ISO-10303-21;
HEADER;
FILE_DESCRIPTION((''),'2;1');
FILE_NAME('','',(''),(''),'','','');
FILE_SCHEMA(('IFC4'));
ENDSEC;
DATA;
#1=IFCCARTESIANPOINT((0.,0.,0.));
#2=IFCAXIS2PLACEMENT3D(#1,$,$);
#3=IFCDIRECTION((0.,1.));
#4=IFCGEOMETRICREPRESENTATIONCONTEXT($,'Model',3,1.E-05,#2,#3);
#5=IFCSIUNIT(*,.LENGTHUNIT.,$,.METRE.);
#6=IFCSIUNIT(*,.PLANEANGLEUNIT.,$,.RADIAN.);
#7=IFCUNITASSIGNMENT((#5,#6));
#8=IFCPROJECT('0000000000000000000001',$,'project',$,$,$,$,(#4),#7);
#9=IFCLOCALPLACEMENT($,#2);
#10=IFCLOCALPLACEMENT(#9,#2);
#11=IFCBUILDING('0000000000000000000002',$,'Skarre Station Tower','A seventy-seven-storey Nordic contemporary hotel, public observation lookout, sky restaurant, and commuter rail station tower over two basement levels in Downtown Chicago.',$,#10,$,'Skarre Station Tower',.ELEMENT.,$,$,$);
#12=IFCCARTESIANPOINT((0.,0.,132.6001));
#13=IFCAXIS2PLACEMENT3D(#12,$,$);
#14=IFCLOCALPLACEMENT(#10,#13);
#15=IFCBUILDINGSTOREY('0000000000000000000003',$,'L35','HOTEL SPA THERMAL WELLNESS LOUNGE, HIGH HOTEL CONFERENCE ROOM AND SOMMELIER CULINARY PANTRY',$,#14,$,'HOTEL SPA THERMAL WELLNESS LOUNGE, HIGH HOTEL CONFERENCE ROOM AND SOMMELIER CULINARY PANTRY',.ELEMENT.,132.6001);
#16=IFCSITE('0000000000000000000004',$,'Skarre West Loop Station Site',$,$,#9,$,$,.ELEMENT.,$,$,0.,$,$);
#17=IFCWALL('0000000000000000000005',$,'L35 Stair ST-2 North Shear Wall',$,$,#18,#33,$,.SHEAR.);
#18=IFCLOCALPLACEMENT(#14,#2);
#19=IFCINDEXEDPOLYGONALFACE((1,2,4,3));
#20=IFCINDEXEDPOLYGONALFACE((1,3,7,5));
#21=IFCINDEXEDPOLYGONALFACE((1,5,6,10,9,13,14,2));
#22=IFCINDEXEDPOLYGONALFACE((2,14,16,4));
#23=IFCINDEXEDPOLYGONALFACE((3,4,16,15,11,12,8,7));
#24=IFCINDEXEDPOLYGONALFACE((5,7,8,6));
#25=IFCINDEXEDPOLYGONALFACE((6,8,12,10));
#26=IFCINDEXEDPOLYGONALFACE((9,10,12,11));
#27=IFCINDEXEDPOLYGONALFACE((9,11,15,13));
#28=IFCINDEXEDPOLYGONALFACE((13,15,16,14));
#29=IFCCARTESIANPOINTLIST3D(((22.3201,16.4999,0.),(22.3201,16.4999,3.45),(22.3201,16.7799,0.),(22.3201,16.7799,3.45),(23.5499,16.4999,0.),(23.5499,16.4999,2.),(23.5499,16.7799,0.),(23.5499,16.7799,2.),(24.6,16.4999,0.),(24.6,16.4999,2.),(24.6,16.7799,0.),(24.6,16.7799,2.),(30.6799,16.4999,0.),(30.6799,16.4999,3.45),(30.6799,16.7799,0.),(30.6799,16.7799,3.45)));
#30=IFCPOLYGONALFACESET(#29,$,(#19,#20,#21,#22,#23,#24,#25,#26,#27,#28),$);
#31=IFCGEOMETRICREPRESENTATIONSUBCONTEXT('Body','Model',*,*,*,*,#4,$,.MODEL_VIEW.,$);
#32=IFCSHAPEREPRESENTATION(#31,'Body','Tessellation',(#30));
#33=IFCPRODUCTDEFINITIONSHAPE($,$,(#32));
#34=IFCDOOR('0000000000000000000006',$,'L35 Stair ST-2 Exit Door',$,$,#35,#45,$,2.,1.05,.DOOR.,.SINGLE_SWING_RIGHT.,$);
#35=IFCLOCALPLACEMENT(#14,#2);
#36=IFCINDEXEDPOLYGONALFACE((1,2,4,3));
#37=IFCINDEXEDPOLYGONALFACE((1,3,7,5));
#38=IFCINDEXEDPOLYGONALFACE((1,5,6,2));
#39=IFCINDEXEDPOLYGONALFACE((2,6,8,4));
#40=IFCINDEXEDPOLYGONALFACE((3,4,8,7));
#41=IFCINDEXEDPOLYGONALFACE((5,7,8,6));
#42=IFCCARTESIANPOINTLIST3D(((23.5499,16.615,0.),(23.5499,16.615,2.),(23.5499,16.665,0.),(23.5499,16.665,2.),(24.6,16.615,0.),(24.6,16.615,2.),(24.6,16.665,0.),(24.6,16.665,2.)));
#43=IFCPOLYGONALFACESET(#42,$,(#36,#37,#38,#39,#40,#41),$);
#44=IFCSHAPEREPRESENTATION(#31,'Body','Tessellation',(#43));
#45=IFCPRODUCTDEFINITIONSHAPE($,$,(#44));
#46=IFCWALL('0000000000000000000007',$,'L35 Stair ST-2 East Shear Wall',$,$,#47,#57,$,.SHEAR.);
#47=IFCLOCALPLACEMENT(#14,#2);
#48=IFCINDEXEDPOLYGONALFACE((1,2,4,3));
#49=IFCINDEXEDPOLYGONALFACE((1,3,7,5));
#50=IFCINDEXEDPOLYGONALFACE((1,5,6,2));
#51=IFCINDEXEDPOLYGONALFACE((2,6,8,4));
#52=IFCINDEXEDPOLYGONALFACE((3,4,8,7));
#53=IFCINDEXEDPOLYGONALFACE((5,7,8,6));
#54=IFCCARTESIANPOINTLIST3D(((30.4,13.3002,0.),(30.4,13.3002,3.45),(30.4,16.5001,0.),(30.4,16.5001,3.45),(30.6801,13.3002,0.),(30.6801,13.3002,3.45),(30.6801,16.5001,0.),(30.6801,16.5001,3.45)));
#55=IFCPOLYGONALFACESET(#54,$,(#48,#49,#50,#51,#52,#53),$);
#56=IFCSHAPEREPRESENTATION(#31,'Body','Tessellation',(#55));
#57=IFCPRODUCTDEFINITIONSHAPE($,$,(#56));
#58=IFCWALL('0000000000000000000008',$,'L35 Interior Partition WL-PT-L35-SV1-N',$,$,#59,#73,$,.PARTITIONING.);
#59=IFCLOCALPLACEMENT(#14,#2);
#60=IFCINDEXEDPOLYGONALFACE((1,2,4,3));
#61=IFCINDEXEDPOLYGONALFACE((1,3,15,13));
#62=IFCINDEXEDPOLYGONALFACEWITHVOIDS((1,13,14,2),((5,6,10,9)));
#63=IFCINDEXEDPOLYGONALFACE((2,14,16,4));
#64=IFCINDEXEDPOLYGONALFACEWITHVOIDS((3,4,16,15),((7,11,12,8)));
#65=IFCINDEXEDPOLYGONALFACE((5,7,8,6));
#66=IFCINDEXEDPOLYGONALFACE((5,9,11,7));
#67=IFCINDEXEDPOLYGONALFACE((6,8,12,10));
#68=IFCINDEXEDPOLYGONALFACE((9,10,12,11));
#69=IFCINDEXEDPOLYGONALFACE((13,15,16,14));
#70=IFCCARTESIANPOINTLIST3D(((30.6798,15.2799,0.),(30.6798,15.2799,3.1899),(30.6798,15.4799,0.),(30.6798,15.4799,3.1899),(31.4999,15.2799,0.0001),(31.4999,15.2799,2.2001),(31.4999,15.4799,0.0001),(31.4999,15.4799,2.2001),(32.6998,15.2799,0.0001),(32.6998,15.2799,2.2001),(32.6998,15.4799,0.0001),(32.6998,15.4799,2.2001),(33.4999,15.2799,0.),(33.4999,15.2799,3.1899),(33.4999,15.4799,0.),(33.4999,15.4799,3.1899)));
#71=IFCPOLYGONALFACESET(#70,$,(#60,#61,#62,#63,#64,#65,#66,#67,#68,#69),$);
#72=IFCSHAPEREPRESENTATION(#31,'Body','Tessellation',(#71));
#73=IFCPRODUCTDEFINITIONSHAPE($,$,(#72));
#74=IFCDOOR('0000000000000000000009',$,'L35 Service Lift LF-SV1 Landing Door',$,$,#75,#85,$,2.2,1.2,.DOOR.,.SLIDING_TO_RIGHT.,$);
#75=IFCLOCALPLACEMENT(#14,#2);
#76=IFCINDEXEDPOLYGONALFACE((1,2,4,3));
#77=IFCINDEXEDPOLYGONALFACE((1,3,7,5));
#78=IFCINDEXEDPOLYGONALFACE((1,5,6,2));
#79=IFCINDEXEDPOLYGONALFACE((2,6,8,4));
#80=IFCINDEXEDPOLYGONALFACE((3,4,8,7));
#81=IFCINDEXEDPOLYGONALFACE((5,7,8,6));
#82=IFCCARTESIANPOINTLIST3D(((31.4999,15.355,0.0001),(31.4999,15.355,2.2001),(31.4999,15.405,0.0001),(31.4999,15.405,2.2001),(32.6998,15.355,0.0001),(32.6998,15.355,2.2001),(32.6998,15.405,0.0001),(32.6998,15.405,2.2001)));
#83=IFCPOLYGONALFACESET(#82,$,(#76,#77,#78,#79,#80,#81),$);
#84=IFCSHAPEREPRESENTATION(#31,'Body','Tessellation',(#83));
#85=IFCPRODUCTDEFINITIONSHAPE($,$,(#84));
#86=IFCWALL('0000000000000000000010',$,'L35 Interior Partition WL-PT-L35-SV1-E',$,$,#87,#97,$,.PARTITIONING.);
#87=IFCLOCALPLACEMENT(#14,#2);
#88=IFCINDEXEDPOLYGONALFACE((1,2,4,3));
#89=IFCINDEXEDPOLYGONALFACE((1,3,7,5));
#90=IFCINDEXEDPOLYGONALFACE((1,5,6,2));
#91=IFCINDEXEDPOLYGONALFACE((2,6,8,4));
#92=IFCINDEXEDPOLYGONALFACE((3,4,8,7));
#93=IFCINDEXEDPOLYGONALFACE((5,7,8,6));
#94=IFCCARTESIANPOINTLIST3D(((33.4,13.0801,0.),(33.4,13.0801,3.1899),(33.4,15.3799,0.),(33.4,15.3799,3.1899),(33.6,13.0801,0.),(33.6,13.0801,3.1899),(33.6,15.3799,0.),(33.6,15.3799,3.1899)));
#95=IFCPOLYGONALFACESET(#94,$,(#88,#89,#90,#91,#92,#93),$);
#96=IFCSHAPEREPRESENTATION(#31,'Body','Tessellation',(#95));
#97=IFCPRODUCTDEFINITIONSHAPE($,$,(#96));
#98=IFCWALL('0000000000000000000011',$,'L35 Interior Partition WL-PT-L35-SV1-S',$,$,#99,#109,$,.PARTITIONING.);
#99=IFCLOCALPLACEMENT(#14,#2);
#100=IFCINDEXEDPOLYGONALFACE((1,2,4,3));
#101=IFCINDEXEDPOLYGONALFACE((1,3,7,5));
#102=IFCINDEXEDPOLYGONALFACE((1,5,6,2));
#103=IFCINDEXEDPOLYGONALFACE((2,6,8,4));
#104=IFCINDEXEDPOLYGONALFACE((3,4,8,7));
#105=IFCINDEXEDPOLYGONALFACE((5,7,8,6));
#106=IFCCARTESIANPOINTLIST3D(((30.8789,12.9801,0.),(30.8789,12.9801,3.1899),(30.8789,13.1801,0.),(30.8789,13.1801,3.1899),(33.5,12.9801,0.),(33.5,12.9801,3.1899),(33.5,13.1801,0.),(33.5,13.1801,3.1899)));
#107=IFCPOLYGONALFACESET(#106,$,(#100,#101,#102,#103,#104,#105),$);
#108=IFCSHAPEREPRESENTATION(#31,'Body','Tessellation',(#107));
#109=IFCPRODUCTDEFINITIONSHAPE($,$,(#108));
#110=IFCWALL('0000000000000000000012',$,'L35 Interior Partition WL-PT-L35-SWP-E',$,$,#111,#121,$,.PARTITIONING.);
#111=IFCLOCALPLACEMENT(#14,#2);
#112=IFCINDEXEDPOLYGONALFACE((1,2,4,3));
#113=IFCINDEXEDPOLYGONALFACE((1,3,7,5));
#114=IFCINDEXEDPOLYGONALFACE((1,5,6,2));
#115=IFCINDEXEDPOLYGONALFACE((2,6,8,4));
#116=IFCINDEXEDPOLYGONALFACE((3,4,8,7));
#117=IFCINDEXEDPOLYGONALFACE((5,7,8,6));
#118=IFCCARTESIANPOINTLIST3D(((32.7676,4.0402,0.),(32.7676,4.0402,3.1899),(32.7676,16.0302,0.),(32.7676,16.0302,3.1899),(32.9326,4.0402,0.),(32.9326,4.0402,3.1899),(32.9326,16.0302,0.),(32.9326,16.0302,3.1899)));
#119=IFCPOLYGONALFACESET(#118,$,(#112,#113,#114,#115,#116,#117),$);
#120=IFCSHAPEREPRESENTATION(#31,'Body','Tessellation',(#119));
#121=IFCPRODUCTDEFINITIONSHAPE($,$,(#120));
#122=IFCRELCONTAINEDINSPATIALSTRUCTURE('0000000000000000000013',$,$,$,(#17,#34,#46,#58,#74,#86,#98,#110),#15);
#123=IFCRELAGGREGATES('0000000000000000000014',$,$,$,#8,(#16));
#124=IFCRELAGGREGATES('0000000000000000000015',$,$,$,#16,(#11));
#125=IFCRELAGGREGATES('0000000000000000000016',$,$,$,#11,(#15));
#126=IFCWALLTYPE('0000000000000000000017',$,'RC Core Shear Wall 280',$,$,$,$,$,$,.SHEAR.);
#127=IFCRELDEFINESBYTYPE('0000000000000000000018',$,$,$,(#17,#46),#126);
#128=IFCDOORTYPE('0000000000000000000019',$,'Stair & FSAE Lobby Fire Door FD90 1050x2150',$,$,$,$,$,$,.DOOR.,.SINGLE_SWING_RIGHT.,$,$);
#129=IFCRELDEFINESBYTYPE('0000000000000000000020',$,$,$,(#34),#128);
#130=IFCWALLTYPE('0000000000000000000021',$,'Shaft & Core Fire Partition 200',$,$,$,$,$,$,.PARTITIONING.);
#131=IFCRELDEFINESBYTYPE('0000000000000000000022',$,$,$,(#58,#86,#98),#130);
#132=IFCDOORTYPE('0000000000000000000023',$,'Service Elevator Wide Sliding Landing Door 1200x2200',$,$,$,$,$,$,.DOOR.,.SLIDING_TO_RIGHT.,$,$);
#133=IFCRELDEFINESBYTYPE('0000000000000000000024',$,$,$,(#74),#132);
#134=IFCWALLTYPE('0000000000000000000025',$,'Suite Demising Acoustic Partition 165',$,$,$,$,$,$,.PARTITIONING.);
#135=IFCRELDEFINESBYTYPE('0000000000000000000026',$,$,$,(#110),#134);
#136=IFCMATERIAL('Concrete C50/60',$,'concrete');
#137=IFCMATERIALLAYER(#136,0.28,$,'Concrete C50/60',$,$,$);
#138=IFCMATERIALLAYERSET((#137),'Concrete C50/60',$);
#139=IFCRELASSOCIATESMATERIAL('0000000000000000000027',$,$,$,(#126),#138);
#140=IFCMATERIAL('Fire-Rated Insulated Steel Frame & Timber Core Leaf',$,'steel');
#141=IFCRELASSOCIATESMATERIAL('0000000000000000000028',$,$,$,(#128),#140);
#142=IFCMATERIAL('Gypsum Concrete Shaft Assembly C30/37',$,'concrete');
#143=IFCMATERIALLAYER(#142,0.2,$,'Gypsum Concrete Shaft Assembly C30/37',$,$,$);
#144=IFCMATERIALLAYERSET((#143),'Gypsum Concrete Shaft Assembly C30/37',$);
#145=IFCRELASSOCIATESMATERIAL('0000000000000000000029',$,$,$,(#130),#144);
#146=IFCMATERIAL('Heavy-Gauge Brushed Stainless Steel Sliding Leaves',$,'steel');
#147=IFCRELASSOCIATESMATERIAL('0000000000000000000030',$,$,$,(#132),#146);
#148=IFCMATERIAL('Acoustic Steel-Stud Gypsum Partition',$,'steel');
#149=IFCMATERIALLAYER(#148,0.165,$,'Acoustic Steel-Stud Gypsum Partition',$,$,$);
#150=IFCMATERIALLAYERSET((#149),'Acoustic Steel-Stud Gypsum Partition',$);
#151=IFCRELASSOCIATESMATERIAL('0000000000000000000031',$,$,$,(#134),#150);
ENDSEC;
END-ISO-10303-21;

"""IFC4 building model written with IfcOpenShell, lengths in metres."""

from ifc_helpers import new_model, si_unit, direction, frame, frame_2d, origin, place, context, subcontext, project, spatial, rectangle, extrude, material, layer, layer_set, type_object, element, fill, save


model = new_model("IFC4")

# Units and contexts
model_context = context("Model", 3, precision=1e-05, world=origin(), true_north=direction((0.0, 1.0)))
body_context = subcontext(model_context, "Body", "Model", "MODEL_VIEW")
ifc_project = project(units=[si_unit("LENGTHUNIT", "METRE"), si_unit("PLANEANGLEUNIT", "RADIAN")], contexts=[model_context])

# Site, building, storey
site_placement = place(None, origin())
site = spatial("IfcSite", under=ifc_project, at=site_placement, Name="Skarre West Loop Station Site", CompositionType="ELEMENT", RefElevation=0.0)
building_placement = place(site_placement, origin())
building = spatial("IfcBuilding", under=site, at=building_placement, Name="Skarre Station Tower", Description="A seventy-seven-storey Nordic contemporary hotel, public observation lookout, sky restaurant, and commuter rail station tower over two basement levels in Downtown Chicago.", LongName="Skarre Station Tower", CompositionType="ELEMENT")
storey_placement = place(building_placement, frame((0.0, 0.0, 132.6001)))
storey = spatial("IfcBuildingStorey", under=building, at=storey_placement, Name="L35", Description="HOTEL SPA THERMAL WELLNESS LOUNGE, HIGH HOTEL CONFERENCE ROOM AND SOMMELIER CULINARY PANTRY", LongName="HOTEL SPA THERMAL WELLNESS LOUNGE, HIGH HOTEL CONFERENCE ROOM AND SOMMELIER CULINARY PANTRY", CompositionType="ELEMENT", Elevation=132.6001)

# Shared definitions
ifc_material_1 = material(Name="Acoustic Steel-Stud Gypsum Partition", Category="steel")

# Wall, opening, door
ifc_material_2 = material(Name="Concrete C50/60", Category="concrete")
ifc_layer_1 = layer(ifc_material_2, 0.28, Name="Concrete C50/60")
ifc_layer_set_1 = layer_set([ifc_layer_1], Name="Concrete C50/60")
wall_type_1 = type_object("IfcWallType", Name="RC Core Shear Wall 280", PredefinedType="SHEAR", material=ifc_layer_set_1)
wall_1_placement = place(storey_placement, frame((30.6799, 16.6399, 0.0), z_axis=(0.0, 0.0, 1.0), x_axis=(-1.0, 0.0, 0.0)))
wall_1 = element("IfcWall", 1, at=wall_1_placement, inside=storey, type_object=wall_type_1, Name="L35 Stair ST-2 North Shear Wall", PredefinedType="SHEAR", context=body_context, shape_type="SweptSolid", body=[
    extrude(rectangle(XDim=8.3599, YDim=0.28, at=frame_2d((4.1799, 0.0))), origin(), (0.0, 0.0, 1.0), 3.45),
])
opening_1_placement = place(wall_1_placement, frame((6.0801, 0.0, 0.0)))
opening_1 = element("IfcOpeningElement", 2, at=opening_1_placement, cuts=wall_1, PredefinedType="OPENING", context=body_context, shape_type="SweptSolid", body=[
    extrude(rectangle(XDim=1.05, YDim=2.0, at=frame_2d((0.5249, 1.0))), frame((0.0, 0.1499, 0.0), z_axis=(0.0, -1.0, 0.0), x_axis=(1.0, 0.0, 0.0)), (0.0, 0.0, 1.0), 0.3),
])
ifc_material_3 = material(Name="Fire-Rated Insulated Steel Frame & Timber Core Leaf", Category="steel")
door_type_1 = type_object("IfcDoorType", Name="Stair & FSAE Lobby Fire Door FD90 1050x2150", OperationType="SINGLE_SWING_RIGHT", PredefinedType="DOOR", material=ifc_material_3)
door_1_placement = place(opening_1_placement, origin())
door_1 = element("IfcDoor", 3, at=door_1_placement, inside=storey, type_object=door_type_1, Name="L35 Stair ST-2 Exit Door", OperationType="SINGLE_SWING_RIGHT", OverallHeight=2.0, OverallWidth=1.05, PredefinedType="DOOR", context=body_context, shape_type="SweptSolid", body=[
    extrude(rectangle(XDim=1.05, YDim=2.0, at=frame_2d((0.5249, 1.0))), frame((0.0, 0.0249, 0.0), z_axis=(0.0, -1.0, 0.0), x_axis=(1.0, 0.0, 0.0)), (0.0, 0.0, 1.0), 0.05),
])
fill(opening_1, door_1)

# Wall
wall_2_placement = place(storey_placement, frame((30.54, 13.3, 0.0), z_axis=(0.0, 0.0, 1.0), x_axis=(0.0, 1.0, 0.0)))
element("IfcWall", 4, at=wall_2_placement, inside=storey, type_object=wall_type_1, Name="L35 Stair ST-2 East Shear Wall", PredefinedType="SHEAR", context=body_context, shape_type="SweptSolid", body=[
    extrude(rectangle(XDim=3.2, YDim=0.28, at=frame_2d((1.6001, 0.0))), origin(), (0.0, 0.0, 1.0), 3.45),
])

# Wall, opening, door
ifc_material_4 = material(Name="Gypsum Concrete Shaft Assembly C30/37", Category="concrete")
ifc_layer_2 = layer(ifc_material_4, 0.2, Name="Gypsum Concrete Shaft Assembly C30/37")
ifc_layer_set_2 = layer_set([ifc_layer_2], Name="Gypsum Concrete Shaft Assembly C30/37")
wall_type_2 = type_object("IfcWallType", Name="Shaft & Core Fire Partition 200", PredefinedType="PARTITIONING", material=ifc_layer_set_2)
wall_3_placement = place(storey_placement, frame((33.5, 15.3799, 0.0), z_axis=(0.0, 0.0, 1.0), x_axis=(-1.0, 0.0, 0.0)))
wall_3 = element("IfcWall", 5, at=wall_3_placement, inside=storey, type_object=wall_type_2, Name="L35 Interior Partition WL-PT-L35-SV1-N", PredefinedType="PARTITIONING", context=body_context, shape_type="SweptSolid", body=[
    extrude(rectangle(XDim=2.8201, YDim=0.2, at=frame_2d((1.4102, 0.0))), origin(), (0.0, 0.0, 1.0), 3.1899),
])
opening_2_placement = place(wall_3_placement, frame((0.8, 0.0, 0.0)))
opening_2 = element("IfcOpeningElement", 6, at=opening_2_placement, cuts=wall_3, PredefinedType="OPENING", context=body_context, shape_type="SweptSolid", body=[
    extrude(rectangle(XDim=1.2, YDim=2.2, at=frame_2d((0.6001, 1.1001))), frame((0.0, 0.1099, 0.0), z_axis=(0.0, -1.0, 0.0), x_axis=(1.0, 0.0, 0.0)), (0.0, 0.0, 1.0), 0.22),
])
ifc_material_5 = material(Name="Heavy-Gauge Brushed Stainless Steel Sliding Leaves", Category="steel")
door_type_2 = type_object("IfcDoorType", Name="Service Elevator Wide Sliding Landing Door 1200x2200", OperationType="SLIDING_TO_RIGHT", PredefinedType="DOOR", material=ifc_material_5)
door_2_placement = place(opening_2_placement, origin())
door_2 = element("IfcDoor", 7, at=door_2_placement, inside=storey, type_object=door_type_2, Name="L35 Service Lift LF-SV1 Landing Door", OperationType="SLIDING_TO_RIGHT", OverallHeight=2.2, OverallWidth=1.2, PredefinedType="DOOR", context=body_context, shape_type="SweptSolid", body=[
    extrude(rectangle(XDim=1.2, YDim=2.2, at=frame_2d((0.6001, 1.1001))), frame((0.0, 0.0249, 0.0), z_axis=(0.0, -1.0, 0.0), x_axis=(1.0, 0.0, 0.0)), (0.0, 0.0, 1.0), 0.05),
])
fill(opening_2, door_2)

# Walls
wall_4_placement = place(storey_placement, frame((33.5, 13.0801, 0.0), z_axis=(0.0, 0.0, 1.0), x_axis=(0.0, 1.0, 0.0)))
element("IfcWall", 8, at=wall_4_placement, inside=storey, type_object=wall_type_2, Name="L35 Interior Partition WL-PT-L35-SV1-E", PredefinedType="PARTITIONING", context=body_context, shape_type="SweptSolid", body=[
    extrude(rectangle(XDim=2.2998, YDim=0.2, at=frame_2d((1.1499, 0.0))), origin(), (0.0, 0.0, 1.0), 3.1899),
])
wall_5_placement = place(storey_placement, frame((30.8789, 13.0801, 0.0), z_axis=(0.0, 0.0, 1.0), x_axis=(1.0, 0.0, 0.0)))
element("IfcWall", 9, at=wall_5_placement, inside=storey, type_object=wall_type_2, Name="L35 Interior Partition WL-PT-L35-SV1-S", PredefinedType="PARTITIONING", context=body_context, shape_type="SweptSolid", body=[
    extrude(rectangle(XDim=2.6211, YDim=0.2, at=frame_2d((1.3105, 0.0))), origin(), (0.0, 0.0, 1.0), 3.1899),
])
ifc_layer_3 = layer(ifc_material_1, 0.165, Name="Acoustic Steel-Stud Gypsum Partition")
ifc_layer_set_3 = layer_set([ifc_layer_3], Name="Acoustic Steel-Stud Gypsum Partition")
wall_type_3 = type_object("IfcWallType", Name="Suite Demising Acoustic Partition 165", PredefinedType="PARTITIONING", material=ifc_layer_set_3)
wall_6_placement = place(storey_placement, frame((32.8501, 4.04, 0.0), z_axis=(0.0, 0.0, 1.0), x_axis=(0.0, 1.0, 0.0)))
element("IfcWall", 10, at=wall_6_placement, inside=storey, type_object=wall_type_3, Name="L35 Interior Partition WL-PT-L35-SWP-E", PredefinedType="PARTITIONING", context=body_context, shape_type="SweptSolid", body=[
    extrude(rectangle(XDim=11.99, YDim=0.165, at=frame_2d((5.9951, 0.0))), origin(), (0.0, 0.0, 1.0), 3.1899),
])

save(model, "model.ifc")
